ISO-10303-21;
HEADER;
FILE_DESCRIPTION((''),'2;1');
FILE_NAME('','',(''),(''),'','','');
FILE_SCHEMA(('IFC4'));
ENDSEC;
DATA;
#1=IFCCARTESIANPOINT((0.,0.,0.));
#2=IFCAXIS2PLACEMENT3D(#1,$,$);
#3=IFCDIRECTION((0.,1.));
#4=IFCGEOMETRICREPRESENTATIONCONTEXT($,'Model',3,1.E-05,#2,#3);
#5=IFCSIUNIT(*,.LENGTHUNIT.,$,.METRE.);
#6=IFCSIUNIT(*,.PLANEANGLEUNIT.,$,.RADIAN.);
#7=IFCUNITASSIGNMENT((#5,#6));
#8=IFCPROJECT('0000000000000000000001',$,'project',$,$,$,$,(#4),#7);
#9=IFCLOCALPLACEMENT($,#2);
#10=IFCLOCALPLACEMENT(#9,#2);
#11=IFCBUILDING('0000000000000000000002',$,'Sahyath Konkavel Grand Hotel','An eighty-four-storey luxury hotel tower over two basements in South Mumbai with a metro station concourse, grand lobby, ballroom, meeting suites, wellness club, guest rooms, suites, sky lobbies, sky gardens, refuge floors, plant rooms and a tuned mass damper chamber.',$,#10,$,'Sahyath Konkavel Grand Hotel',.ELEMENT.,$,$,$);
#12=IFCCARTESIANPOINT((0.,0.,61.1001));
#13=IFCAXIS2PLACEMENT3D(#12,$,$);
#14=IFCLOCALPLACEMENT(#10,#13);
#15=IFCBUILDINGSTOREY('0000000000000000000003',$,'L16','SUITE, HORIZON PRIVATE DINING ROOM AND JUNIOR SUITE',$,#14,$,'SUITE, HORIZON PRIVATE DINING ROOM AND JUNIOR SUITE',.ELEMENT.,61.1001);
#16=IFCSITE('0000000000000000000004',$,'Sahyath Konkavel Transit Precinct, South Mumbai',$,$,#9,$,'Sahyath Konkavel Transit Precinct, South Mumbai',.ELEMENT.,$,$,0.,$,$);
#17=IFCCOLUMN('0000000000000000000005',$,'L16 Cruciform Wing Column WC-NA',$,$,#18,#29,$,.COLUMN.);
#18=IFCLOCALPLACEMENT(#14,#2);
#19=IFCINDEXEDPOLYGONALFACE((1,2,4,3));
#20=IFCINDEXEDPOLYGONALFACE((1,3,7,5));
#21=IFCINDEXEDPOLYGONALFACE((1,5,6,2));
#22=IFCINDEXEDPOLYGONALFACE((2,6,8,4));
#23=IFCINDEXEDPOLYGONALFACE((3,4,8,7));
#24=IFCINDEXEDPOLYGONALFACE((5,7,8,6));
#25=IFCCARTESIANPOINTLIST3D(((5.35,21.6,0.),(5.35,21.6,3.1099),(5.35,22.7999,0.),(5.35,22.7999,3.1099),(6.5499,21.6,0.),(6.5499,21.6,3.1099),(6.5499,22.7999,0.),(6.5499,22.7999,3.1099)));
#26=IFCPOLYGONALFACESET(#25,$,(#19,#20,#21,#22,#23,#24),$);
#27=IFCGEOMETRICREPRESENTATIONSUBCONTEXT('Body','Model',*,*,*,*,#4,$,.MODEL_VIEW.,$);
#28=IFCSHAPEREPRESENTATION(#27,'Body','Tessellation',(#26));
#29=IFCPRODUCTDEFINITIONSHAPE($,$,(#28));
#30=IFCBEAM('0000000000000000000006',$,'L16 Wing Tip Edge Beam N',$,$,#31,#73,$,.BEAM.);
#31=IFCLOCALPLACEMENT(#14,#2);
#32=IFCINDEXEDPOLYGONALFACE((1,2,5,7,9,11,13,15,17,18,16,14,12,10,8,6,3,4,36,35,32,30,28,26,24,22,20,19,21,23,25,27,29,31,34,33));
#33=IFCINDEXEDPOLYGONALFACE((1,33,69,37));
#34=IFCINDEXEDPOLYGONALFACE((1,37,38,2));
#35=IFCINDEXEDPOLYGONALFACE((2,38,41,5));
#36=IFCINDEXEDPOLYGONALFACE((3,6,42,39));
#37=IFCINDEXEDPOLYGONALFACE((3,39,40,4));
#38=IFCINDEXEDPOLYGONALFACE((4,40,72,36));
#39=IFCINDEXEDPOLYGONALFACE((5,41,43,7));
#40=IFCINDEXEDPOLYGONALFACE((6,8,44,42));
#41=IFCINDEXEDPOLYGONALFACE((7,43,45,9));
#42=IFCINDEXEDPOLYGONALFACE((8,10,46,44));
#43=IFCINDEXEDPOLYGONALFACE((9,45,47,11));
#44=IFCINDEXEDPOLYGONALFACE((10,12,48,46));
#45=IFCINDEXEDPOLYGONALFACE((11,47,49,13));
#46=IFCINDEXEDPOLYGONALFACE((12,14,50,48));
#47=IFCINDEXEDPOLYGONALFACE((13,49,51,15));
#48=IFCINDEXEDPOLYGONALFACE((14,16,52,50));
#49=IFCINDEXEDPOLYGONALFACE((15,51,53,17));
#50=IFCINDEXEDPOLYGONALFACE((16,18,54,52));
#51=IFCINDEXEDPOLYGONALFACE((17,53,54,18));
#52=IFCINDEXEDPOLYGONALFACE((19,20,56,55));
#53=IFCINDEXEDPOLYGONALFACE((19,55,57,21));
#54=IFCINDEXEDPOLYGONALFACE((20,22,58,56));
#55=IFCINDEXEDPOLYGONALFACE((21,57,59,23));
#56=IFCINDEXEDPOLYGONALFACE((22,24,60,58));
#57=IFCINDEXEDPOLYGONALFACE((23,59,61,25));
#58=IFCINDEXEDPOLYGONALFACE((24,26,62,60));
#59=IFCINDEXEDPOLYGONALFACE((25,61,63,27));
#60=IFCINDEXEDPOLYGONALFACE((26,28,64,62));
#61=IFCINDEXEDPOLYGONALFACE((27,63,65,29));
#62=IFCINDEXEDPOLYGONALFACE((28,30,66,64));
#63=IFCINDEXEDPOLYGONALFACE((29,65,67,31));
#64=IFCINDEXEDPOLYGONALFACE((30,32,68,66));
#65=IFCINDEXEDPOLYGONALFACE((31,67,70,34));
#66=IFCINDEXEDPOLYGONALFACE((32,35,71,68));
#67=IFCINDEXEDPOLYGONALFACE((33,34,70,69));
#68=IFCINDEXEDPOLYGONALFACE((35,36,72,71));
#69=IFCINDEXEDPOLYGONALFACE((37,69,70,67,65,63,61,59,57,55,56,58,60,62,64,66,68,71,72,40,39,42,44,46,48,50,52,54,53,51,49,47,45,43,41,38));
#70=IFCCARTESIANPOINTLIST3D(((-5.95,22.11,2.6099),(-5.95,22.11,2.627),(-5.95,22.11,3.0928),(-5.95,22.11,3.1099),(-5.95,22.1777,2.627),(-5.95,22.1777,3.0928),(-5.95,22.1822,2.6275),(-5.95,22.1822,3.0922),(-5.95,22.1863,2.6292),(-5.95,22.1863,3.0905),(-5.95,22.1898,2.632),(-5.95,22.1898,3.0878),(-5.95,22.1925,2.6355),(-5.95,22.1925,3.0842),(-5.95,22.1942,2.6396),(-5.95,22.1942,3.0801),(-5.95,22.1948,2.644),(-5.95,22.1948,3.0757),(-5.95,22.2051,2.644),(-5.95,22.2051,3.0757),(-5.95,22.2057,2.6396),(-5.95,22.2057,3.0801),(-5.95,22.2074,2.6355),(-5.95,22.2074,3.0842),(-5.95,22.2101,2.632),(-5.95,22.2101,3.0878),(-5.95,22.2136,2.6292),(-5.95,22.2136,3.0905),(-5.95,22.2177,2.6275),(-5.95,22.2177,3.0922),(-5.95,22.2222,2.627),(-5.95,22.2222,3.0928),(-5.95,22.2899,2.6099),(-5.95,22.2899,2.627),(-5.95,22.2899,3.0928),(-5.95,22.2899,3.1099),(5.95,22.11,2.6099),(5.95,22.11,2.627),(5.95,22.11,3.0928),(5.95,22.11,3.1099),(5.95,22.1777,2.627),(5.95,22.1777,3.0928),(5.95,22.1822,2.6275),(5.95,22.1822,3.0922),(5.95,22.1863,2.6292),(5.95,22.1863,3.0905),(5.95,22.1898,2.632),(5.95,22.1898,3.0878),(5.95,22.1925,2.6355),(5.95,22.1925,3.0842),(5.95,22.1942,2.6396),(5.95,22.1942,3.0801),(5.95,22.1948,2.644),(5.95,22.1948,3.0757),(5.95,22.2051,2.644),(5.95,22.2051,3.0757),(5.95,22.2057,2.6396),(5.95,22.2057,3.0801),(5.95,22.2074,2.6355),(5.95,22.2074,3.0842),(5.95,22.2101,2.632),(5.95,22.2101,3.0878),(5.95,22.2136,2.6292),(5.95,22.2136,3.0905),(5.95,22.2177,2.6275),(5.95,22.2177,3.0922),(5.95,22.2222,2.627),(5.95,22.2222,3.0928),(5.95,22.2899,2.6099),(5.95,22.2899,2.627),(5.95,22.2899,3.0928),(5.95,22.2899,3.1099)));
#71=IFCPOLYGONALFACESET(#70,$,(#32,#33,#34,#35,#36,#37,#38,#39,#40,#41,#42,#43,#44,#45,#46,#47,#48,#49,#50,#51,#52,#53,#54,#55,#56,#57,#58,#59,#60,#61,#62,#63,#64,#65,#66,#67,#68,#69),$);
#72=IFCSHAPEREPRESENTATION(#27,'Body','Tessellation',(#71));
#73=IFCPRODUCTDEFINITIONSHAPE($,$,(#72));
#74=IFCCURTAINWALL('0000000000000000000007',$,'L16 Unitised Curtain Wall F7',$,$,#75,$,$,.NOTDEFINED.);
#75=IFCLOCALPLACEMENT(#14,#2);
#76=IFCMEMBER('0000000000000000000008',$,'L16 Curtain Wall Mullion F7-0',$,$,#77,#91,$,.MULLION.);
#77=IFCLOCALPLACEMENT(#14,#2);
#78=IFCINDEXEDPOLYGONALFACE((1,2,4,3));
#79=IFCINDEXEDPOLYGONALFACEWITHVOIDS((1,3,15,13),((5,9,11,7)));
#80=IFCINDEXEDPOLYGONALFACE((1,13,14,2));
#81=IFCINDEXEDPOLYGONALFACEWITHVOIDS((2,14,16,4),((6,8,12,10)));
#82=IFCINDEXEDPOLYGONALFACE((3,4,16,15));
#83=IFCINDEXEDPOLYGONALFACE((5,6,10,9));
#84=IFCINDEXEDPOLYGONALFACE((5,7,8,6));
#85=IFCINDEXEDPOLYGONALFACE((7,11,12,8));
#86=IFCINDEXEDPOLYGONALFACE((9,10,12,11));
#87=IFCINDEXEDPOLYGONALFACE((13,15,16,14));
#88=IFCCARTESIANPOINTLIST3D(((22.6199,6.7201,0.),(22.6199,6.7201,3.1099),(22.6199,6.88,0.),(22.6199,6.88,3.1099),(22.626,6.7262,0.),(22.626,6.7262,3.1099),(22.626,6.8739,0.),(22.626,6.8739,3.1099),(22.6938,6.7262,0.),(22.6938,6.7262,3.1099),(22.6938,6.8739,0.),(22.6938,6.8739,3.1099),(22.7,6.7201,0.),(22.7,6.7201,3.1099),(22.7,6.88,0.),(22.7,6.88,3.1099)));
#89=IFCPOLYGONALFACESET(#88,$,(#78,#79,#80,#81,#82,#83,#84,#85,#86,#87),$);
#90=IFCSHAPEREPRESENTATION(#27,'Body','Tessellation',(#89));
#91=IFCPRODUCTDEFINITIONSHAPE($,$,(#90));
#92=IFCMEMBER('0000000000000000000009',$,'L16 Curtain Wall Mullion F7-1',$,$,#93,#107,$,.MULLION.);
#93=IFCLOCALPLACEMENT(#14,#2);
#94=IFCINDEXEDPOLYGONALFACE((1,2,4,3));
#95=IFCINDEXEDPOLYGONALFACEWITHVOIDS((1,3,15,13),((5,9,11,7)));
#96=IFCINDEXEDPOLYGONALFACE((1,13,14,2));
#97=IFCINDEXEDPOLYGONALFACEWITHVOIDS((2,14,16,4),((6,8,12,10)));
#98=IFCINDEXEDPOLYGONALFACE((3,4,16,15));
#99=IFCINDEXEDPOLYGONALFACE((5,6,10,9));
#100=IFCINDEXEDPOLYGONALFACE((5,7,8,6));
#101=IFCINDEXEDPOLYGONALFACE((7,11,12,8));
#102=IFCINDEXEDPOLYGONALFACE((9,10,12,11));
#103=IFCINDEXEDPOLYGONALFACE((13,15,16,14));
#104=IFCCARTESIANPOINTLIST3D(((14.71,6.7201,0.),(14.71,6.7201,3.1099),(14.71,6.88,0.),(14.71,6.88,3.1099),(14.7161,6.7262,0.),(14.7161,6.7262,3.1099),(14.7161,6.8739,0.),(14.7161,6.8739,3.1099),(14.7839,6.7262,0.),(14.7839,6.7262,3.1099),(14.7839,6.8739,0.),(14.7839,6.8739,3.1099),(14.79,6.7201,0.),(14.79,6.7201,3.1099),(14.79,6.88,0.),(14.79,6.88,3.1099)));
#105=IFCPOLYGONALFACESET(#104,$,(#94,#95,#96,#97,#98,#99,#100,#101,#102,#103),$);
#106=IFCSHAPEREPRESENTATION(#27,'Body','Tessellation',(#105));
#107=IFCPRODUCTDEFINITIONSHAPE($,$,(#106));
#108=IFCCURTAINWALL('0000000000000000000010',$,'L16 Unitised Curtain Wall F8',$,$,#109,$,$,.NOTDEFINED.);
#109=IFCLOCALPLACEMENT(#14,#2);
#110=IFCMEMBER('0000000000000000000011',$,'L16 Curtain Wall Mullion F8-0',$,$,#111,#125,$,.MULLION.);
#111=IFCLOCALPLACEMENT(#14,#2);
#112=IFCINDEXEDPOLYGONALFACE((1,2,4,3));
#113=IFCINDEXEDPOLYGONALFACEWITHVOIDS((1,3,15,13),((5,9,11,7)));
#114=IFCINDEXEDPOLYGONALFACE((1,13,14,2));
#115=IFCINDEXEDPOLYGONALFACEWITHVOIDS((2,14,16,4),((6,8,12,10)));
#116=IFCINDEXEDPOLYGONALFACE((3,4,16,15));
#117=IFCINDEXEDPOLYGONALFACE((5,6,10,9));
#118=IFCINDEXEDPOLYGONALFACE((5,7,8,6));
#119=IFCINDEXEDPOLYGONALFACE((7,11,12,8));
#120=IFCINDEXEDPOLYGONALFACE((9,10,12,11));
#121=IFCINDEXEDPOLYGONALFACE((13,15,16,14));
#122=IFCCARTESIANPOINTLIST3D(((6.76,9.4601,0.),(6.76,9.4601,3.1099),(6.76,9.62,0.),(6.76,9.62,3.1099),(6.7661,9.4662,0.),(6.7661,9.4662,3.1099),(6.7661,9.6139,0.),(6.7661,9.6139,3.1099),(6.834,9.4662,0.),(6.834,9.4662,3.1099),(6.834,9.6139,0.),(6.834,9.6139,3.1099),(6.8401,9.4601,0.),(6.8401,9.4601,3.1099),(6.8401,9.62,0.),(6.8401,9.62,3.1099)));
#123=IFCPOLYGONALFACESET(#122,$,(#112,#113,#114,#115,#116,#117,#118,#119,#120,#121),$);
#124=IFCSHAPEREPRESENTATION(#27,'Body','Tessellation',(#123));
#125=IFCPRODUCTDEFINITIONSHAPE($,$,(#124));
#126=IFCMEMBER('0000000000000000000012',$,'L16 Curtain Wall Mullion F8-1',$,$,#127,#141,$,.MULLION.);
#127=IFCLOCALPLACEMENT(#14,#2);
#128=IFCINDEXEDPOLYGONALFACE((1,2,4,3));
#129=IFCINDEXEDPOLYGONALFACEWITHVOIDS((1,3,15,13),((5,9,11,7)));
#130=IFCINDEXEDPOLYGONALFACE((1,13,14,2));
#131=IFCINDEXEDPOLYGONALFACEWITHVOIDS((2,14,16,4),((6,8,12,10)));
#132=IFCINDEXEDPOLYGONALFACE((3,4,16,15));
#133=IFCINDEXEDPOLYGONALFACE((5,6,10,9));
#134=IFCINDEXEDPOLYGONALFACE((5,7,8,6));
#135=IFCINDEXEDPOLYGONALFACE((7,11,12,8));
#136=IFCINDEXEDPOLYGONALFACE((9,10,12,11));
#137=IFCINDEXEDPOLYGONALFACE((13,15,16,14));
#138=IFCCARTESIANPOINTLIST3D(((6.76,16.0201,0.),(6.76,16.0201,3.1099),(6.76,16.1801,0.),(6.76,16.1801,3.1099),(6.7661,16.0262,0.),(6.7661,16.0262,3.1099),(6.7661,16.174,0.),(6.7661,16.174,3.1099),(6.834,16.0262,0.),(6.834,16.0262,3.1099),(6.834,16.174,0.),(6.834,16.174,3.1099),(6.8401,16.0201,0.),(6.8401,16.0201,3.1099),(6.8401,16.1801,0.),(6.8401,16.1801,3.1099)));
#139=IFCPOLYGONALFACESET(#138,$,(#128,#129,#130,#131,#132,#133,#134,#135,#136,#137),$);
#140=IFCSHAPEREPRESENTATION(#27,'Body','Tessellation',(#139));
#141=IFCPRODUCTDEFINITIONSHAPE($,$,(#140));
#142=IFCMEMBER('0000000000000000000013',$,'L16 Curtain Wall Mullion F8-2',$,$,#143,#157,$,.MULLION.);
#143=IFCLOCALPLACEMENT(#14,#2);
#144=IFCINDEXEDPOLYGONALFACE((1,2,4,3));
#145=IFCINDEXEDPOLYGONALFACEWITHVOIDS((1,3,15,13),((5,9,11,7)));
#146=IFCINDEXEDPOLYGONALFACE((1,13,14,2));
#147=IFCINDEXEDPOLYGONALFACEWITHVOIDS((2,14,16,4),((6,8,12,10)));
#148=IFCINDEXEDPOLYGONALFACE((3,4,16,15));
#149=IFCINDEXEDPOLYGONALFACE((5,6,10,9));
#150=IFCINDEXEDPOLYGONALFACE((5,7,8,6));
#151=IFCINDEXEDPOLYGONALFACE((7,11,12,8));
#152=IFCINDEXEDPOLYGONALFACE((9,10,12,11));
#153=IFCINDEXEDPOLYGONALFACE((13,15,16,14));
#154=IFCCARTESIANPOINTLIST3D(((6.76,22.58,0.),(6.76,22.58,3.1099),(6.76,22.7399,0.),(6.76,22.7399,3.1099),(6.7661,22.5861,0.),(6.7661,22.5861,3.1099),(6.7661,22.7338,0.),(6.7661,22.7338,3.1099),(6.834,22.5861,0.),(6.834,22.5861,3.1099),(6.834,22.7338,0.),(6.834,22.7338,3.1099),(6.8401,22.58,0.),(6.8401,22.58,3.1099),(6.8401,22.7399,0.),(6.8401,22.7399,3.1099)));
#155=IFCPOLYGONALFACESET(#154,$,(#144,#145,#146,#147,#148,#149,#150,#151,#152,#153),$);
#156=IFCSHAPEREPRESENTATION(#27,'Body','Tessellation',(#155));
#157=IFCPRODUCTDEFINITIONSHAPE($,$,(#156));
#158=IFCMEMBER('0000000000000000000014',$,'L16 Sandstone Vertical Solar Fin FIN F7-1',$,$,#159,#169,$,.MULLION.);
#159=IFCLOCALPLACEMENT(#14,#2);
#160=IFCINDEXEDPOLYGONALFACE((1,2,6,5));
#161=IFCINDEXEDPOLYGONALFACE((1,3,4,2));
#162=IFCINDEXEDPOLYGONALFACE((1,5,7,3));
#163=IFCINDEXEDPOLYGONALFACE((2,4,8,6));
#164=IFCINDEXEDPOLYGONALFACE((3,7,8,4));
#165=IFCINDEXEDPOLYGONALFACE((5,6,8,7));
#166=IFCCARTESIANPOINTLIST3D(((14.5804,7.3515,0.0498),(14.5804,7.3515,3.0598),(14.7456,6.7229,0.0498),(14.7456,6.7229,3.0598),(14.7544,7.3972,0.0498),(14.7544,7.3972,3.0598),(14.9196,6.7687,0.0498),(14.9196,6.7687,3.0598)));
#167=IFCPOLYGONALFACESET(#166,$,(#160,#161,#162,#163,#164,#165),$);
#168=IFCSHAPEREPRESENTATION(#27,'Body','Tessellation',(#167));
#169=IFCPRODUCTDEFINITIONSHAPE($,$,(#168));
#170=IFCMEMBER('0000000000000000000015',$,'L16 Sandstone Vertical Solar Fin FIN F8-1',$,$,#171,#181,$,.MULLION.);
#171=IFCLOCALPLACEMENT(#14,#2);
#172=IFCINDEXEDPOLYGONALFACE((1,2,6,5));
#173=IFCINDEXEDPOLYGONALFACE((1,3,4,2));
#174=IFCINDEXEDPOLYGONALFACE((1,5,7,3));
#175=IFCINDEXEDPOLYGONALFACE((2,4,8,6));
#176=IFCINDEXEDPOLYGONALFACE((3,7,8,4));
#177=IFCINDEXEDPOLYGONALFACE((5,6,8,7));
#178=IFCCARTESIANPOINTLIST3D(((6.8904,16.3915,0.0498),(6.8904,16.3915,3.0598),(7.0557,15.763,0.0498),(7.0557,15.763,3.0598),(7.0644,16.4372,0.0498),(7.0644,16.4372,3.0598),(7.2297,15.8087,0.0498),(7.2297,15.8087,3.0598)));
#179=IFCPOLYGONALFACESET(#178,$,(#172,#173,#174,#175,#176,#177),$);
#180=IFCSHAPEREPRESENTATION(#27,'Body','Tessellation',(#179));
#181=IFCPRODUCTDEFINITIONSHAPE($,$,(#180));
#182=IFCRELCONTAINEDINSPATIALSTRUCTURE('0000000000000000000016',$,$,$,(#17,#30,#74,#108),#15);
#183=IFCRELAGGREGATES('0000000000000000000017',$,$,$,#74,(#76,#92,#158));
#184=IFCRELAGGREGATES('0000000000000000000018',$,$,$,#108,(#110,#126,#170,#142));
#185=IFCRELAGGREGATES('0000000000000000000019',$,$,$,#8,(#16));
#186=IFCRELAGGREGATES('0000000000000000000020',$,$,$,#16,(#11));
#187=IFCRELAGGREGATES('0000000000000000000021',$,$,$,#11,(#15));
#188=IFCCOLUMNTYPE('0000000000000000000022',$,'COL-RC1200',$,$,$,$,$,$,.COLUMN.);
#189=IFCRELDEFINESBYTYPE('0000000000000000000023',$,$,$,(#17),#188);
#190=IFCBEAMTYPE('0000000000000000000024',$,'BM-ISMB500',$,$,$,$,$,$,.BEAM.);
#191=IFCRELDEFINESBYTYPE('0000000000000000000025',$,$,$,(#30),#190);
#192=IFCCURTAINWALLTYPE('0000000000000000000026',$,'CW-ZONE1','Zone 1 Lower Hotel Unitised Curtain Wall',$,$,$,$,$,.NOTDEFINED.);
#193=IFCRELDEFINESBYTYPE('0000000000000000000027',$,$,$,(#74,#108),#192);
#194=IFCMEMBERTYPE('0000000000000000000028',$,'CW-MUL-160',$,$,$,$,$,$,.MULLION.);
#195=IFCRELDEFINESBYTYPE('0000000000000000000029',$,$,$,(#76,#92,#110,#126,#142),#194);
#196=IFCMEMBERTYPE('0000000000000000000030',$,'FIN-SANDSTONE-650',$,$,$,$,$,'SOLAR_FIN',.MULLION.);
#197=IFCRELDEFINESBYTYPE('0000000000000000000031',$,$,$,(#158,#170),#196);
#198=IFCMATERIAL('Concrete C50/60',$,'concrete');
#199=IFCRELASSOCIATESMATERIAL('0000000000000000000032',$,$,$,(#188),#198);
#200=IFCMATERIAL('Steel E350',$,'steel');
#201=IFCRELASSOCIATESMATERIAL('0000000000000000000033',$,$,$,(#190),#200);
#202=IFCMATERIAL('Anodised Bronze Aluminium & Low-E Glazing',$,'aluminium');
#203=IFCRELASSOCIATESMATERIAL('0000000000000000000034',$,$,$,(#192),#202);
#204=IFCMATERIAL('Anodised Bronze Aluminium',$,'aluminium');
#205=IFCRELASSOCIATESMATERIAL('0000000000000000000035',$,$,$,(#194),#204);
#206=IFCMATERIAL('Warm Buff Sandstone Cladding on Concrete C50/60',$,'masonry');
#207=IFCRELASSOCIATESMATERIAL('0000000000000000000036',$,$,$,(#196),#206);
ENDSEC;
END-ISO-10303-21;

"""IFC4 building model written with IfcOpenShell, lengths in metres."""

from ifc_helpers import new_model, si_unit, direction, frame, origin, origin_2d, place, context, subcontext, project, spatial, rectangle, hollow_rectangle, i_section, extrude, source, transform, mapped, material, material_profile, profile_set, type_object, element, aggregate, save


model = new_model("IFC4")

# Units and contexts
model_context = context("Model", 3, precision=1e-05, world=origin(), true_north=direction((0.0, 1.0)))
body_context = subcontext(model_context, "Body", "Model", "MODEL_VIEW")
ifc_project = project(units=[si_unit("LENGTHUNIT", "METRE"), si_unit("PLANEANGLEUNIT", "RADIAN")], contexts=[model_context])

# Site, building, storey
site_placement = place(None, origin())
site = spatial("IfcSite", under=ifc_project, at=site_placement, Name="Sahyath Konkavel Transit Precinct, South Mumbai", LongName="Sahyath Konkavel Transit Precinct, South Mumbai", CompositionType="ELEMENT", RefElevation=0.0)
building_placement = place(site_placement, origin())
building = spatial("IfcBuilding", under=site, at=building_placement, Name="Sahyath Konkavel Grand Hotel", Description="An eighty-four-storey luxury hotel tower over two basements in South Mumbai with a metro station concourse, grand lobby, ballroom, meeting suites, wellness club, guest rooms, suites, sky lobbies, sky gardens, refuge floors, plant rooms and a tuned mass damper chamber.", LongName="Sahyath Konkavel Grand Hotel", CompositionType="ELEMENT")
storey_placement = place(building_placement, frame((0.0, 0.0, 61.1001)))
storey = spatial("IfcBuildingStorey", under=building, at=storey_placement, Name="L16", Description="SUITE, HORIZON PRIVATE DINING ROOM AND JUNIOR SUITE", LongName="SUITE, HORIZON PRIVATE DINING ROOM AND JUNIOR SUITE", CompositionType="ELEMENT", Elevation=61.1001)

# Column
ifc_material_1 = material(Name="Concrete C50/60", Category="concrete")
ifc_material_profile_1 = material_profile(ifc_material_1, rectangle(XDim=1.2, YDim=1.2, at=origin_2d()), Name="RC 1200x1200")
ifc_profile_set_1 = profile_set([ifc_material_profile_1], Name="Concrete C50/60")
column_type = type_object("IfcColumnType", Name="COL-RC1200", PredefinedType="COLUMN", material=ifc_profile_set_1)
shared_shape_1 = source(origin(), body_context, "Body", "SweptSolid", [
    extrude(rectangle(XDim=1.2, YDim=1.2, at=origin_2d()), origin(), (0.0, 0.0, 1.0), 3.1099),
])
column_placement = place(storey_placement, frame((5.95, 22.2, 0.0), z_axis=(0.0, 0.0, 1.0), x_axis=(1.0, 0.0, 0.0)))
element("IfcColumn", 1, at=column_placement, inside=storey, type_object=column_type, Name="L16 Cruciform Wing Column WC-NA", PredefinedType="COLUMN", context=body_context, shape_type="MappedRepresentation", body=[
    mapped(shared_shape_1, transform((0.0, 0.0, 0.0), scale=1.0)),
])

# Beam
ifc_material_2 = material(Name="Steel E350", Category="steel")
ifc_material_profile_2 = material_profile(ifc_material_2, i_section(OverallWidth=0.1799, OverallDepth=0.5, WebThickness=0.0103, FlangeThickness=0.0171, FilletRadius=0.0171, at=origin_2d()), Name="ISMB 500")
ifc_profile_set_2 = profile_set([ifc_material_profile_2], Name="Steel E350")
beam_type = type_object("IfcBeamType", Name="BM-ISMB500", PredefinedType="BEAM", material=ifc_profile_set_2)
shared_shape_2 = source(origin(), body_context, "Body", "SweptSolid", [
    extrude(i_section(OverallWidth=0.1799, OverallDepth=0.5, WebThickness=0.0103, FlangeThickness=0.0171, FilletRadius=0.0171, at=origin_2d()), origin(), (0.0, 0.0, 1.0), 11.8999),
])
beam_placement = place(storey_placement, frame((5.95, 22.2, 2.8599), z_axis=(-1.0, 0.0, 0.0), x_axis=(0.0, -1.0, 0.0)))
element("IfcBeam", 2, at=beam_placement, inside=storey, type_object=beam_type, Name="L16 Wing Tip Edge Beam N", PredefinedType="BEAM", context=body_context, shape_type="MappedRepresentation", body=[
    mapped(shared_shape_2, transform((0.0, 0.0, 0.0), scale=1.0)),
])

# Curtain walls, members
ifc_material_3 = material(Name="Anodised Bronze Aluminium & Low-E Glazing", Category="aluminium")
curtain_wall_type = type_object("IfcCurtainWallType", Name="CW-ZONE1", Description="Zone 1 Lower Hotel Unitised Curtain Wall", PredefinedType="NOTDEFINED", material=ifc_material_3)
curtain_wall_1_placement = place(storey_placement, origin())
curtain_wall_1 = element("IfcCurtainWall", 3, at=curtain_wall_1_placement, inside=storey, type_object=curtain_wall_type, Name="L16 Unitised Curtain Wall F7", PredefinedType="NOTDEFINED")
ifc_material_4 = material(Name="Anodised Bronze Aluminium", Category="aluminium")
ifc_material_profile_3 = material_profile(ifc_material_4, hollow_rectangle(XDim=0.0801, YDim=0.1599, WallThickness=0.0061, at=origin_2d()), Name="RHS 160x80x6")
ifc_profile_set_3 = profile_set([ifc_material_profile_3], Name="Anodised Bronze Aluminium")
member_type_1 = type_object("IfcMemberType", Name="CW-MUL-160", PredefinedType="MULLION", material=ifc_profile_set_3)
shared_shape_3 = source(origin(), body_context, "Body", "SweptSolid", [
    extrude(hollow_rectangle(XDim=0.0801, YDim=0.1599, WallThickness=0.0061, at=origin_2d()), origin(), (0.0, 0.0, 1.0), 3.1099),
])
member_1_placement = place(storey_placement, frame((22.6599, 6.8, 0.0), z_axis=(0.0, 0.0, 1.0), x_axis=(1.0, 0.0, 0.0)))
member_1 = element("IfcMember", 4, at=member_1_placement, type_object=member_type_1, Name="L16 Curtain Wall Mullion F7-0", PredefinedType="MULLION", context=body_context, shape_type="MappedRepresentation", body=[
    mapped(shared_shape_3, transform((0.0, 0.0, 0.0), scale=1.0)),
])
member_2_placement = place(storey_placement, frame((14.75, 6.8, 0.0), z_axis=(0.0, 0.0, 1.0), x_axis=(1.0, 0.0, 0.0)))
member_2 = element("IfcMember", 5, at=member_2_placement, type_object=member_type_1, Name="L16 Curtain Wall Mullion F7-1", PredefinedType="MULLION", context=body_context, shape_type="MappedRepresentation", body=[
    mapped(shared_shape_3, transform((0.0, 0.0, 0.0), scale=1.0)),
])
curtain_wall_2_placement = place(storey_placement, origin())
curtain_wall_2 = element("IfcCurtainWall", 6, at=curtain_wall_2_placement, inside=storey, type_object=curtain_wall_type, Name="L16 Unitised Curtain Wall F8", PredefinedType="NOTDEFINED")
member_3_placement = place(storey_placement, frame((6.8, 9.54, 0.0), z_axis=(0.0, 0.0, 1.0), x_axis=(1.0, 0.0, 0.0)))
member_3 = element("IfcMember", 7, at=member_3_placement, type_object=member_type_1, Name="L16 Curtain Wall Mullion F8-0", PredefinedType="MULLION", context=body_context, shape_type="MappedRepresentation", body=[
    mapped(shared_shape_3, transform((0.0, 0.0, 0.0), scale=1.0)),
])
member_4_placement = place(storey_placement, frame((6.8, 16.1001, 0.0), z_axis=(0.0, 0.0, 1.0), x_axis=(1.0, 0.0, 0.0)))
member_4 = element("IfcMember", 8, at=member_4_placement, type_object=member_type_1, Name="L16 Curtain Wall Mullion F8-1", PredefinedType="MULLION", context=body_context, shape_type="MappedRepresentation", body=[
    mapped(shared_shape_3, transform((0.0, 0.0, 0.0), scale=1.0)),
])
member_5_placement = place(storey_placement, frame((6.8, 22.6599, 0.0), z_axis=(0.0, 0.0, 1.0), x_axis=(1.0, 0.0, 0.0)))
member_5 = element("IfcMember", 9, at=member_5_placement, type_object=member_type_1, Name="L16 Curtain Wall Mullion F8-2", PredefinedType="MULLION", context=body_context, shape_type="MappedRepresentation", body=[
    mapped(shared_shape_3, transform((0.0, 0.0, 0.0), scale=1.0)),
])

# Members
ifc_material_5 = material(Name="Warm Buff Sandstone Cladding on Concrete C50/60", Category="masonry")
ifc_material_profile_4 = material_profile(ifc_material_5, rectangle(XDim=0.1799, YDim=0.6499, at=origin_2d()), Name="FIN 180x650")
ifc_profile_set_4 = profile_set([ifc_material_profile_4], Name="Warm Buff Sandstone Cladding on Concrete C50/60")
member_type_2 = type_object("IfcMemberType", Name="FIN-SANDSTONE-650", ElementType="SOLAR_FIN", PredefinedType="MULLION", material=ifc_profile_set_4)
shared_shape_4 = source(origin(), body_context, "Body", "SweptSolid", [
    extrude(rectangle(XDim=0.1799, YDim=0.6499, at=origin_2d()), origin(), (0.0, 0.0, 1.0), 3.01),
])
member_6_placement = place(storey_placement, frame((14.75, 7.0601, 0.0498), z_axis=(0.0, 0.0, 1.0), x_axis=(0.967135, 0.254264, 0.0)))
member_6 = element("IfcMember", 10, at=member_6_placement, type_object=member_type_2, Name="L16 Sandstone Vertical Solar Fin FIN F7-1", PredefinedType="MULLION", context=body_context, shape_type="MappedRepresentation", body=[
    mapped(shared_shape_4, transform((0.0, 0.0, 0.0), scale=1.0)),
])
member_7_placement = place(storey_placement, frame((7.0601, 16.1001, 0.0498), z_axis=(0.0, 0.0, 1.0), x_axis=(0.967135, 0.254264, 0.0)))
member_7 = element("IfcMember", 11, at=member_7_placement, type_object=member_type_2, Name="L16 Sandstone Vertical Solar Fin FIN F8-1", PredefinedType="MULLION", context=body_context, shape_type="MappedRepresentation", body=[
    mapped(shared_shape_4, transform((0.0, 0.0, 0.0), scale=1.0)),
])

aggregate(curtain_wall_1, [member_1, member_2, member_6])
aggregate(curtain_wall_2, [member_3, member_4, member_7, member_5])

save(model, "model.ifc")
